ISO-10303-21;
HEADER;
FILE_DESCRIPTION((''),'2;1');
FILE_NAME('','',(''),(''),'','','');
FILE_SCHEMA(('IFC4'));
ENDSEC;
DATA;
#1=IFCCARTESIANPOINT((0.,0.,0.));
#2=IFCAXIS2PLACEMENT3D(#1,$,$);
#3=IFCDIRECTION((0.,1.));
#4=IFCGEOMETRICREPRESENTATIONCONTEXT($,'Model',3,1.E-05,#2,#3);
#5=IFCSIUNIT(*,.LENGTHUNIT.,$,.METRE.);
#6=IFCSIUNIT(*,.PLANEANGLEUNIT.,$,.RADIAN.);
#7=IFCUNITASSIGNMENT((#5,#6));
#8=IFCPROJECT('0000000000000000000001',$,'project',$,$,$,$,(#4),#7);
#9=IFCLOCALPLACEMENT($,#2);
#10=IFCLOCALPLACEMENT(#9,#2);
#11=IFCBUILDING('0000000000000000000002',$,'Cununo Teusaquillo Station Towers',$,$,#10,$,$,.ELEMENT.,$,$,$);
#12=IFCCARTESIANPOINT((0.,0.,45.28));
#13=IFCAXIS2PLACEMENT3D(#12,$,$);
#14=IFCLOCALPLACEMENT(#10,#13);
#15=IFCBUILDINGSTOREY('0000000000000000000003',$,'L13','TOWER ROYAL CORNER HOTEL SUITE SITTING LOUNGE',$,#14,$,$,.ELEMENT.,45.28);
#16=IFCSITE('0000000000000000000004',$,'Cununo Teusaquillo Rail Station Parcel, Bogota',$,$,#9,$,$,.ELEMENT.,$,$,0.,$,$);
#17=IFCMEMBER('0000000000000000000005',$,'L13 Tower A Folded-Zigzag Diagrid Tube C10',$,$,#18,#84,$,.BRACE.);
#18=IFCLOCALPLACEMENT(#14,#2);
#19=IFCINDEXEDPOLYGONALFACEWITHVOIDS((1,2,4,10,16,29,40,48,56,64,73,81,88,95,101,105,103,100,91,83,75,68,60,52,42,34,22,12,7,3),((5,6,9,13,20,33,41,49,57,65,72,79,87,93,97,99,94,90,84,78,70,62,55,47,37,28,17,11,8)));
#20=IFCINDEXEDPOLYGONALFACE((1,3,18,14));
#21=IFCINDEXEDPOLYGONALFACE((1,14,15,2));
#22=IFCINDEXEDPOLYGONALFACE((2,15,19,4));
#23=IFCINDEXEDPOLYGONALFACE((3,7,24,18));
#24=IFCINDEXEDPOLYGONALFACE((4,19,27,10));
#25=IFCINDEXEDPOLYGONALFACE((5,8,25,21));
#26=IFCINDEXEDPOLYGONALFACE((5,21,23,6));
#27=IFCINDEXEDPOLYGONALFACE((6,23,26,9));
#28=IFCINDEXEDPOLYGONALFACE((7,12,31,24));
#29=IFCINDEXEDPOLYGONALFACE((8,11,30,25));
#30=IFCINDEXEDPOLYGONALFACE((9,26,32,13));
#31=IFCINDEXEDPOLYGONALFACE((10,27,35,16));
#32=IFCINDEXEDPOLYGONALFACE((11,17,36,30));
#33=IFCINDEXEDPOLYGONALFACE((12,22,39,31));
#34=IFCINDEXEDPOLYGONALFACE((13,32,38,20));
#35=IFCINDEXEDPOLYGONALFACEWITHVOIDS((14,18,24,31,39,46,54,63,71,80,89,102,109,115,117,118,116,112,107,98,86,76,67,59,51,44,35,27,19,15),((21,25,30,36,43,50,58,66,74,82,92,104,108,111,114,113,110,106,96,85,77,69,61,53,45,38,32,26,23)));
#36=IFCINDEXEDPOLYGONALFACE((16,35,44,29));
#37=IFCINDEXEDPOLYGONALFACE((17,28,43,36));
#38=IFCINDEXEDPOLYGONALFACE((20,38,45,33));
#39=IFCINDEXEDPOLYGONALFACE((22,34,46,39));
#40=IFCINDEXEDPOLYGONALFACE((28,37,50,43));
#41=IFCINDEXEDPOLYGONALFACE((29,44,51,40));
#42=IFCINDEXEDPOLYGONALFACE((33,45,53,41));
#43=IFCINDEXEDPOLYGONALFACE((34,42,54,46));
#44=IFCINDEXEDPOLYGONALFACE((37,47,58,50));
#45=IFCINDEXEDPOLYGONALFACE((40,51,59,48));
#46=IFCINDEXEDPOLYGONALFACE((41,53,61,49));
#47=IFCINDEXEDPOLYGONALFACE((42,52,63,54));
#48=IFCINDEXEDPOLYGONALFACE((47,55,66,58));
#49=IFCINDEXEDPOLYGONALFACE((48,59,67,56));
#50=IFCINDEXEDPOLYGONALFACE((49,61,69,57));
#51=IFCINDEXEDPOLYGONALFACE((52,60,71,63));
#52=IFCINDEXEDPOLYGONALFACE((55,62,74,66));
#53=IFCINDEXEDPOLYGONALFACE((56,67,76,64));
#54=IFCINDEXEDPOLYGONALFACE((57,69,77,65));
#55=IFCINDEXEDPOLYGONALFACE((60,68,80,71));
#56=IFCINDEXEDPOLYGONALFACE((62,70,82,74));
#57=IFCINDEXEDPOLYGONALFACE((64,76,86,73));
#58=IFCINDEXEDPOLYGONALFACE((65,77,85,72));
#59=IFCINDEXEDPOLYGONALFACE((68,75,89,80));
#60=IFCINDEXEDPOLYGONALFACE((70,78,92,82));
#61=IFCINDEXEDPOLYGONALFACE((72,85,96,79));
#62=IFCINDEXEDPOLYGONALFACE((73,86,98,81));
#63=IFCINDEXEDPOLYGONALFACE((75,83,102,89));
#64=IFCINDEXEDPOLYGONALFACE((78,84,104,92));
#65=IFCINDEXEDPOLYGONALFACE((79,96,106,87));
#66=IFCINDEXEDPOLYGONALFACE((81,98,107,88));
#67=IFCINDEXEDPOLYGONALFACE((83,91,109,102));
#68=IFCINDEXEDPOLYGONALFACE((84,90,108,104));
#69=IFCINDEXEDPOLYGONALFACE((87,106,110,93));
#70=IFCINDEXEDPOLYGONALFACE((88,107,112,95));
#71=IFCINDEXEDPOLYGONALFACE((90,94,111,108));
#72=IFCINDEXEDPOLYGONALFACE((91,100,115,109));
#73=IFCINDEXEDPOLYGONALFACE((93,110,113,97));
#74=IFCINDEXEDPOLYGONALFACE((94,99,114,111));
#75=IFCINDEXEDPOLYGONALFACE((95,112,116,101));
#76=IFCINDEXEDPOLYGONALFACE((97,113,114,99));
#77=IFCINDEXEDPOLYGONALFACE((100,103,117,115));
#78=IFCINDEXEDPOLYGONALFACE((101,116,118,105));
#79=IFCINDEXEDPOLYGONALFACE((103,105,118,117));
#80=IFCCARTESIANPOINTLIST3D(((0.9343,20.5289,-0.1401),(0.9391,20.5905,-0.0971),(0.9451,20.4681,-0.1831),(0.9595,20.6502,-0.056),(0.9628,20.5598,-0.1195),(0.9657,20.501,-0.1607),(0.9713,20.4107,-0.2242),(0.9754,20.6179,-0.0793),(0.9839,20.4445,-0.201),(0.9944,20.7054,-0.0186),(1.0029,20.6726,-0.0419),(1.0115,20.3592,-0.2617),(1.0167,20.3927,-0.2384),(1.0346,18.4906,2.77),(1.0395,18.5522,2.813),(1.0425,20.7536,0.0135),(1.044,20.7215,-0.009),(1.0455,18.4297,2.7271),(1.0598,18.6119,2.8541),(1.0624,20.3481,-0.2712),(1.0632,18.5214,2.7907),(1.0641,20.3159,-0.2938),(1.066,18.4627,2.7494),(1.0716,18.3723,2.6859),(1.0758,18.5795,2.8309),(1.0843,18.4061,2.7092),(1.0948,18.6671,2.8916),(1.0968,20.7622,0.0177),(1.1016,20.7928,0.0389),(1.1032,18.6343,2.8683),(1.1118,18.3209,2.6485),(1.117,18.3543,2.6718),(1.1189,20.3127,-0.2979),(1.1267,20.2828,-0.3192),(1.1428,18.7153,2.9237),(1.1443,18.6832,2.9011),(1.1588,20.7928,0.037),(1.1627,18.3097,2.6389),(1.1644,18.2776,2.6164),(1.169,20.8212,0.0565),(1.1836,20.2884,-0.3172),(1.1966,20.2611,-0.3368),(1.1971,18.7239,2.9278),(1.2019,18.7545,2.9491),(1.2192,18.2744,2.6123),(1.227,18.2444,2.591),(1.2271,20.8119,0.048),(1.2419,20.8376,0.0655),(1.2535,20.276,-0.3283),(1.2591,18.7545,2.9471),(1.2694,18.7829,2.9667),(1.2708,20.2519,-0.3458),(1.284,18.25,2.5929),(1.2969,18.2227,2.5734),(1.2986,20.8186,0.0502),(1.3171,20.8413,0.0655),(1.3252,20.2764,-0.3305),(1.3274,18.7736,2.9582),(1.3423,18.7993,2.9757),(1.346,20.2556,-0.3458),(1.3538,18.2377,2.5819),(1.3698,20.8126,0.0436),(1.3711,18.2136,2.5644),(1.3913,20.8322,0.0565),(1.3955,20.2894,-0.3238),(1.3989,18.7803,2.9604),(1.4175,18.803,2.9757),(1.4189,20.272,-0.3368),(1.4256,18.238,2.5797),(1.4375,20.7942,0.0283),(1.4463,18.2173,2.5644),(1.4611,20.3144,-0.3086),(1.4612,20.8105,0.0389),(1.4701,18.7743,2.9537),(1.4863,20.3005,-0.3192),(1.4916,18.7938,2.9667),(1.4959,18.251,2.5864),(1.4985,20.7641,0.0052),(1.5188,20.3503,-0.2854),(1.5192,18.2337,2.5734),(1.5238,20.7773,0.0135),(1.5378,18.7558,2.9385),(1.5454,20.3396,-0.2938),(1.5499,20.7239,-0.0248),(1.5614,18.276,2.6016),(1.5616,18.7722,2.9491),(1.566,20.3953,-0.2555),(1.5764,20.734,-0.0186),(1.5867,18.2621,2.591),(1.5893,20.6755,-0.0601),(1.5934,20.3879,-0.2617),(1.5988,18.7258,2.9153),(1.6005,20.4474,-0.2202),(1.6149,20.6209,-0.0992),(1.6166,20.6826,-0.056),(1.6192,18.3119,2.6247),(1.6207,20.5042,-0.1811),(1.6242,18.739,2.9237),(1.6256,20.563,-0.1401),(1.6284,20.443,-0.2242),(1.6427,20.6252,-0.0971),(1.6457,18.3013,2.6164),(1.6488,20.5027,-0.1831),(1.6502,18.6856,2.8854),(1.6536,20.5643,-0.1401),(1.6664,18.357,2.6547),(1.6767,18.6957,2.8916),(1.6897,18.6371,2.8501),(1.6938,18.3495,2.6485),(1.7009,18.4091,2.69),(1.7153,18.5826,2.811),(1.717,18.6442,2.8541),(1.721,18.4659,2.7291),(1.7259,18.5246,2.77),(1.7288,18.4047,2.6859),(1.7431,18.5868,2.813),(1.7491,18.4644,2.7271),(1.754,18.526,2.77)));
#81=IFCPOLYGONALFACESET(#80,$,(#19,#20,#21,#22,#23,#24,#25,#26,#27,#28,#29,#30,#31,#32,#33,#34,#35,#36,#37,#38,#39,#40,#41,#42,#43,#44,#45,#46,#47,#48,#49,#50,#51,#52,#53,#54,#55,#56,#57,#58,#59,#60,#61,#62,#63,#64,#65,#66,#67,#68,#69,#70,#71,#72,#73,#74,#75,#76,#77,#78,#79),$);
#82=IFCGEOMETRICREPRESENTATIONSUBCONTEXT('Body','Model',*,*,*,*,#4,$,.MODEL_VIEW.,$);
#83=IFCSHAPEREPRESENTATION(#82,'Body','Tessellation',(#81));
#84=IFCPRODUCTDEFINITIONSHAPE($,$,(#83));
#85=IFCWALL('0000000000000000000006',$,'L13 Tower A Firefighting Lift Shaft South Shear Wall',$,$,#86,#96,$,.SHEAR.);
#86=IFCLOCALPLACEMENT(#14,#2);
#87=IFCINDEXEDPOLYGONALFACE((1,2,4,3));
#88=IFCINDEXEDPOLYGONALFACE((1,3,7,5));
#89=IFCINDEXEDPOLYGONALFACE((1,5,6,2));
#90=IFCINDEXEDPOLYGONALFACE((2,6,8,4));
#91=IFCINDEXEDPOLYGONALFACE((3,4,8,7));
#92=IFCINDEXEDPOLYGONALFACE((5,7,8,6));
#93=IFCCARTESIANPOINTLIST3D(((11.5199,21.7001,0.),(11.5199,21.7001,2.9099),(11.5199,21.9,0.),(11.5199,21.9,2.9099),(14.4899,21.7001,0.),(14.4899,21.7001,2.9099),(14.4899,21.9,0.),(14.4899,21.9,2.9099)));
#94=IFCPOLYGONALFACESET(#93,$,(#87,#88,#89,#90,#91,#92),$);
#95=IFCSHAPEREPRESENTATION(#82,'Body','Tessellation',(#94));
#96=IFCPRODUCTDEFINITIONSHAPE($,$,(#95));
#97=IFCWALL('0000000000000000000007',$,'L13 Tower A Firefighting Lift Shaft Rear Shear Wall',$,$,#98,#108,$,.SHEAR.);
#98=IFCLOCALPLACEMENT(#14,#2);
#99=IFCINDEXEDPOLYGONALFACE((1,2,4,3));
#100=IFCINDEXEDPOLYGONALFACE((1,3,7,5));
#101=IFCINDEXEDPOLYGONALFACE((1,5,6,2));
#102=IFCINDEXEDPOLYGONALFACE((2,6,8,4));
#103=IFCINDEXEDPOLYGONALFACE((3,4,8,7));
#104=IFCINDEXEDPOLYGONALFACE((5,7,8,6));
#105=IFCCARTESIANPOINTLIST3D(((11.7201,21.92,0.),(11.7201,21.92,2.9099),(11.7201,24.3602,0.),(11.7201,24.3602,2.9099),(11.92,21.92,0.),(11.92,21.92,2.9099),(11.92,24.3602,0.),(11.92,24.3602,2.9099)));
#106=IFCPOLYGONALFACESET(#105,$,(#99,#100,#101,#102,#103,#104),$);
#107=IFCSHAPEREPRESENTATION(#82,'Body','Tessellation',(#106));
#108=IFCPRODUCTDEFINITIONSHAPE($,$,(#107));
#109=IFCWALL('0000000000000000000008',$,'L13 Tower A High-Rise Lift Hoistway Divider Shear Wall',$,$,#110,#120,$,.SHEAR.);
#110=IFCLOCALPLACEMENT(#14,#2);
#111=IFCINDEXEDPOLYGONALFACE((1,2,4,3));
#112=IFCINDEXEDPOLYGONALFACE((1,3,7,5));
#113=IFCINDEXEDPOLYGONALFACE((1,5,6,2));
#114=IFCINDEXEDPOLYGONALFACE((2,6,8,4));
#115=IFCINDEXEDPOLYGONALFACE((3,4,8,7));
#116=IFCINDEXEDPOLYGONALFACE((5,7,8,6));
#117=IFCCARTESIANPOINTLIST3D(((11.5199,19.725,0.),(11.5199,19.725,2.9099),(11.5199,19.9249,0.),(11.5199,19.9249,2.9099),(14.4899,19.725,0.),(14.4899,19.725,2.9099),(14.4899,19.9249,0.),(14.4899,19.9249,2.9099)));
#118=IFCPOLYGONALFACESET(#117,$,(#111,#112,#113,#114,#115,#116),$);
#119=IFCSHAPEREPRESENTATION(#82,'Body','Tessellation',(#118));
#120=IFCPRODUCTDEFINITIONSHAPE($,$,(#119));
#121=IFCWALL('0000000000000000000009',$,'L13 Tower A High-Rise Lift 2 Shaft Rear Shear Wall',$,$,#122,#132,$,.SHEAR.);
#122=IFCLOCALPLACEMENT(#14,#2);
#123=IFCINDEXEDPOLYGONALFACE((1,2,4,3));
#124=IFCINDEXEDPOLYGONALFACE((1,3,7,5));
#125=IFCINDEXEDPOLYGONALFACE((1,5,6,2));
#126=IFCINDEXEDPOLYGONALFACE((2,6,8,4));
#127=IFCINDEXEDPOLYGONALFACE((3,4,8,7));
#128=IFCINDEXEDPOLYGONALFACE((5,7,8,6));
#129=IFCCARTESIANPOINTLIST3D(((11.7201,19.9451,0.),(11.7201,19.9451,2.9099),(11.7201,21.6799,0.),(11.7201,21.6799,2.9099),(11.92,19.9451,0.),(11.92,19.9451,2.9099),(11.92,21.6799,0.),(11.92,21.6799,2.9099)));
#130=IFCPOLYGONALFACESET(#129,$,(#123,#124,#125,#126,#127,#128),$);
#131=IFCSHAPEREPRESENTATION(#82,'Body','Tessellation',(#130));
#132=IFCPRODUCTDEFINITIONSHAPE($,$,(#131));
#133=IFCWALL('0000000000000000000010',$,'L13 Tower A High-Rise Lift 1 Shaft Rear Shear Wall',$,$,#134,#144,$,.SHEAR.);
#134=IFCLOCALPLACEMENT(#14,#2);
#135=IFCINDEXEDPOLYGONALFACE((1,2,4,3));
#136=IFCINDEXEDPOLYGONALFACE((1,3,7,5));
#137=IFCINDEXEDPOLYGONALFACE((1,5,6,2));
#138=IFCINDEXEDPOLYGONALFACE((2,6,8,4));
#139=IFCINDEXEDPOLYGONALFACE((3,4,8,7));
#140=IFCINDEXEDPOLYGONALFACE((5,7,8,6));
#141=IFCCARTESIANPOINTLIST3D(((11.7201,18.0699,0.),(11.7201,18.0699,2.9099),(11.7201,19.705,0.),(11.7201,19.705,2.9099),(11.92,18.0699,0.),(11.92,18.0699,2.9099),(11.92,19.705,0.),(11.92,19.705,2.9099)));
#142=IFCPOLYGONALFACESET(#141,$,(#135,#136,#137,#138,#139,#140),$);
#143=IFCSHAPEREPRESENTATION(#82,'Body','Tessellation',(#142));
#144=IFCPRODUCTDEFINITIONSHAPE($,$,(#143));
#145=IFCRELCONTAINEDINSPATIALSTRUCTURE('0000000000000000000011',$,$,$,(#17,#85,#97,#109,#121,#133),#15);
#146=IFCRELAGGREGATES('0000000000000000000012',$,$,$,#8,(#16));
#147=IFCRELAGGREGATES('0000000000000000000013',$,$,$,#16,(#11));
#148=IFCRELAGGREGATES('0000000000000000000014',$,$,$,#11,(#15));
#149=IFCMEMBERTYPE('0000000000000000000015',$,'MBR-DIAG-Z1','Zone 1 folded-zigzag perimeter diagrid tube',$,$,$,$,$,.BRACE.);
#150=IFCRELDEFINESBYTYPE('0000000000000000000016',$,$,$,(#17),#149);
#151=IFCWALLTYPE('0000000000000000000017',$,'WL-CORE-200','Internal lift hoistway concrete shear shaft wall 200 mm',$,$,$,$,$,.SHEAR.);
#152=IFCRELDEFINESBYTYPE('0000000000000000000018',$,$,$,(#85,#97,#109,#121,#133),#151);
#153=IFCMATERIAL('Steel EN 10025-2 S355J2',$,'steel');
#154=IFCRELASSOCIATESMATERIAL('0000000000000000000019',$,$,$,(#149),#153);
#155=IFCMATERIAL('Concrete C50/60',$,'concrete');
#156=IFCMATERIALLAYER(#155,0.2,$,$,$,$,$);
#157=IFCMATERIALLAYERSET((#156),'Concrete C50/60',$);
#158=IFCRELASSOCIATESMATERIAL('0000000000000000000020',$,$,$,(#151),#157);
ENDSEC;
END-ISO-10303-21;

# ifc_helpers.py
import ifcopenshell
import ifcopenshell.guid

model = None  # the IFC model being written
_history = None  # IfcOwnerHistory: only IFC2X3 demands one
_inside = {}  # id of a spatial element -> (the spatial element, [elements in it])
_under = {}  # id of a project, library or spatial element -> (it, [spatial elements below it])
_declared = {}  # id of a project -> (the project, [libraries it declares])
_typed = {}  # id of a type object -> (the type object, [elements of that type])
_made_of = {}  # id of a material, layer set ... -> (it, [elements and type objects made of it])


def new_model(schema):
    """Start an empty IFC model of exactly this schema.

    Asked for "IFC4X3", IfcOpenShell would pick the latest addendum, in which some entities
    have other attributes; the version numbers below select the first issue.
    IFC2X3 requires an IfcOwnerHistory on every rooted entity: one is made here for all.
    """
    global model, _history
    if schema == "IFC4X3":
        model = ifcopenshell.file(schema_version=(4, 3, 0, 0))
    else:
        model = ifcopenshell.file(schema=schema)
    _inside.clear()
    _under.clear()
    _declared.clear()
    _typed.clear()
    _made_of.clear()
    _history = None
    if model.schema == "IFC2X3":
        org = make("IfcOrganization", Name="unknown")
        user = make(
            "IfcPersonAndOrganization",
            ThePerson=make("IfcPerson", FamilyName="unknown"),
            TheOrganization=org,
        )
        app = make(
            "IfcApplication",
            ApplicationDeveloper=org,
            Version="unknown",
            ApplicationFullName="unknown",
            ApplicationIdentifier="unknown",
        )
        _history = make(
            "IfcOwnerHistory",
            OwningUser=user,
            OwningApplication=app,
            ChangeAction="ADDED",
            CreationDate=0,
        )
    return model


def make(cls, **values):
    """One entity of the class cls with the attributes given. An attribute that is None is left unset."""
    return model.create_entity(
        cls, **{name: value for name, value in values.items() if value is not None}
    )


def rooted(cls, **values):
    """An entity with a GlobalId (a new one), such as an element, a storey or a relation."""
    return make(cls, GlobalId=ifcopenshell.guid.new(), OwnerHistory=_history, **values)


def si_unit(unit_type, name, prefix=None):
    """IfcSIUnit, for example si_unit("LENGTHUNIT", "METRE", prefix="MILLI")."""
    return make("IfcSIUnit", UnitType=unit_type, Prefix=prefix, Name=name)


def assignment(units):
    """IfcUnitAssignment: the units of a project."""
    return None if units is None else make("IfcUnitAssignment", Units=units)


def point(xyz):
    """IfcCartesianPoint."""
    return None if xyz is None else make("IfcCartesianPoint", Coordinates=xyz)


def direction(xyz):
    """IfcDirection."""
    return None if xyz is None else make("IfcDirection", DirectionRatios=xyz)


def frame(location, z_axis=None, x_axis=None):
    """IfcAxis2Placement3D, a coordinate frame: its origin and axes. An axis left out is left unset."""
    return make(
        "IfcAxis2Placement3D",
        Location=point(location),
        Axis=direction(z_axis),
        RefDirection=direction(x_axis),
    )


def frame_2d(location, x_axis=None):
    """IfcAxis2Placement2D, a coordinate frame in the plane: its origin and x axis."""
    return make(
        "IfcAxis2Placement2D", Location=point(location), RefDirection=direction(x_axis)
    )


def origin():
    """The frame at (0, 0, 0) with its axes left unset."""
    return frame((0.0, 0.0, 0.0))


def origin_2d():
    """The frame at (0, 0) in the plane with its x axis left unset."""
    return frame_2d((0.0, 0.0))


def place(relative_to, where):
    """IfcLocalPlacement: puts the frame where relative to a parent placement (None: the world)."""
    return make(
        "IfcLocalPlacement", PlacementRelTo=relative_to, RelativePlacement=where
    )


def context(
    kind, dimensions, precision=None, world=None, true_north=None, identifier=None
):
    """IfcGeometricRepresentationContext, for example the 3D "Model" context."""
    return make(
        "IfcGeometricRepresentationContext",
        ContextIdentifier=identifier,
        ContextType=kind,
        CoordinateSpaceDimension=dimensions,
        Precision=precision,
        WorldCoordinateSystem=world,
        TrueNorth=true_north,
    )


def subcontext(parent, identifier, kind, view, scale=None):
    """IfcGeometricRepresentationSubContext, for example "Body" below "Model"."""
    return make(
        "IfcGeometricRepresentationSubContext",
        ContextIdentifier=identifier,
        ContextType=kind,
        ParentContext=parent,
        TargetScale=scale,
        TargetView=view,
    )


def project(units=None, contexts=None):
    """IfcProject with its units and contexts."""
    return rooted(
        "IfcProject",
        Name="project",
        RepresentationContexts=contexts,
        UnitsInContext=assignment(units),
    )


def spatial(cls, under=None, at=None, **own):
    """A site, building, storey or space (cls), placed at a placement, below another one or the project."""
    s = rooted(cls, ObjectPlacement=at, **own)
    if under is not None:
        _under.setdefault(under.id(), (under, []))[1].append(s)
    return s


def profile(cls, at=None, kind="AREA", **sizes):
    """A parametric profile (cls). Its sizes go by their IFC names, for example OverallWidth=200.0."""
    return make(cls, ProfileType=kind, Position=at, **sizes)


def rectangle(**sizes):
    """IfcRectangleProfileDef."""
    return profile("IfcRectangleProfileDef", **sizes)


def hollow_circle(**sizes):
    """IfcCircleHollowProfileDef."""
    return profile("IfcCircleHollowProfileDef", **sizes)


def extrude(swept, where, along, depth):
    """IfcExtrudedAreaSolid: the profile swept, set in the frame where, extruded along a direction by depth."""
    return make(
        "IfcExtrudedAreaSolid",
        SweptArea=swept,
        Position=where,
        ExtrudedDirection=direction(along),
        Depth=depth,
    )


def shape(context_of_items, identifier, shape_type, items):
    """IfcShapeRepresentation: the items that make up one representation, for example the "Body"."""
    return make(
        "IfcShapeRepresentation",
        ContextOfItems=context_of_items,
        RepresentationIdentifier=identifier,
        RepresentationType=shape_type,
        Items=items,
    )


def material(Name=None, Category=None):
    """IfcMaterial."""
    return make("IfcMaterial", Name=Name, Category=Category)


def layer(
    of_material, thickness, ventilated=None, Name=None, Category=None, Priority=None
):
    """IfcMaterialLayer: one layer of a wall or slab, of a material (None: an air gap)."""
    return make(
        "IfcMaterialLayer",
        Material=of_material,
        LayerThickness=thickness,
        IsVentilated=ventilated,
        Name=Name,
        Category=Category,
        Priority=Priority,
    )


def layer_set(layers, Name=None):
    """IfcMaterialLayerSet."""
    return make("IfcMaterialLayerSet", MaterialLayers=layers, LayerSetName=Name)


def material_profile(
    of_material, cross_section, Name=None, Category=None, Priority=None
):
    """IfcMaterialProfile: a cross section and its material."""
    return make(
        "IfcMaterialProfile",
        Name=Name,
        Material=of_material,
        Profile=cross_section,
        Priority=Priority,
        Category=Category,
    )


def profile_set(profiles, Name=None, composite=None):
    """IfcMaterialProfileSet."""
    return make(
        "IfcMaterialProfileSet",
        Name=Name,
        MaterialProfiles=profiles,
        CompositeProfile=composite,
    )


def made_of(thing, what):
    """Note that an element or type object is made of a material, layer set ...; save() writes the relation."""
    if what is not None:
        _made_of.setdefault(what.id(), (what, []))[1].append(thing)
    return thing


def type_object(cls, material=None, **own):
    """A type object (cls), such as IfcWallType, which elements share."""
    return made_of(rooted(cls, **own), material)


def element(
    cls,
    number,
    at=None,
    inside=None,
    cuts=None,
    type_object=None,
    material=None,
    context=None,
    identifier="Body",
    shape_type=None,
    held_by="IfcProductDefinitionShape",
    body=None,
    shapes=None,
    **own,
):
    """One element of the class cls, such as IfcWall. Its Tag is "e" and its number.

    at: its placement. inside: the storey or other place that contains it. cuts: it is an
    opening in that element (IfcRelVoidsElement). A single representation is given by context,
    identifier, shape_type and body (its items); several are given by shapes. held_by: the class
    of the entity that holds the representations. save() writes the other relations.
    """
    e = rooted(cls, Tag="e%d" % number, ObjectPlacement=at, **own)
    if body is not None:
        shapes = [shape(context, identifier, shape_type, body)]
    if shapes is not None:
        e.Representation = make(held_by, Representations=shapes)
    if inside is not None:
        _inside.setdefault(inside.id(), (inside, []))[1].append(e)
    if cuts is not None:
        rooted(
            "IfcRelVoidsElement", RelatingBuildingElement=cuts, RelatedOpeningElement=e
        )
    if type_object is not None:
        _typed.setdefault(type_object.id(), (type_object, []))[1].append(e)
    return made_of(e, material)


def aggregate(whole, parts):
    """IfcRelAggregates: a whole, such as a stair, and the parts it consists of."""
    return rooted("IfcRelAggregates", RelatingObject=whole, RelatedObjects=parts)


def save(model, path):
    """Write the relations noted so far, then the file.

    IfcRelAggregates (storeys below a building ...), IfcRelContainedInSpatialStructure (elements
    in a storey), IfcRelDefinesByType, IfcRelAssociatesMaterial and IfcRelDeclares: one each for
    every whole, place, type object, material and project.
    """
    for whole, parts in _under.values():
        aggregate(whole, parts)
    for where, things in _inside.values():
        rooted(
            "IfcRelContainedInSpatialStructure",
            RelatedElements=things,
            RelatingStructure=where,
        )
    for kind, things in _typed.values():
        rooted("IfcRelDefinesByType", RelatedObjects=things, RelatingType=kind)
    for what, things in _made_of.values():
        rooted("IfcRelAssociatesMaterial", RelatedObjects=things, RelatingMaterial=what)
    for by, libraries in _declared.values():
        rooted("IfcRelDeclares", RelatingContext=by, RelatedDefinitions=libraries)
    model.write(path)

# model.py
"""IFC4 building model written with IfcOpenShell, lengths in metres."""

from ifc_helpers import new_model, si_unit, direction, frame, frame_2d, origin, origin_2d, place, context, subcontext, project, spatial, rectangle, hollow_circle, extrude, material, layer, layer_set, material_profile, profile_set, type_object, element, save


model = new_model("IFC4")

# Units and contexts
model_context = context("Model", 3, precision=1e-05, world=origin(), true_north=direction((0.0, 1.0)))
body_context = subcontext(model_context, "Body", "Model", "MODEL_VIEW")
ifc_project = project(units=[si_unit("LENGTHUNIT", "METRE"), si_unit("PLANEANGLEUNIT", "RADIAN")], contexts=[model_context])

# Site, building, storey
site_placement = place(None, origin())
site = spatial("IfcSite", under=ifc_project, at=site_placement, Name="Cununo Teusaquillo Rail Station Parcel, Bogota", CompositionType="ELEMENT", RefElevation=0.0)
building_placement = place(site_placement, origin())
building = spatial("IfcBuilding", under=site, at=building_placement, Name="Cununo Teusaquillo Station Towers", CompositionType="ELEMENT")
storey_placement = place(building_placement, frame((0.0, 0.0, 45.28)))
storey = spatial("IfcBuildingStorey", under=building, at=storey_placement, Name="L13", Description="TOWER ROYAL CORNER HOTEL SUITE SITTING LOUNGE", CompositionType="ELEMENT", Elevation=45.28)

# Member
ifc_material_1 = material(Name="Steel EN 10025-2 S355J2", Category="steel")
ifc_material_profile_1 = material_profile(ifc_material_1, hollow_circle(Radius=0.3601, WallThickness=0.0281, at=origin_2d()), Name="CHS 720x28")
ifc_profile_set_1 = profile_set([ifc_material_profile_1], Name="Steel EN 10025-2 S355J2")
member_type = type_object("IfcMemberType", Name="MBR-DIAG-Z1", Description="Zone 1 folded-zigzag perimeter diagrid tube", PredefinedType="BRACE", material=ifc_profile_set_1)
member_placement = place(storey_placement, frame((1.2939, 20.5466, -0.1401), z_axis=(0.02823, -0.573464, 0.818744), x_axis=(0.998791, 0.049168, 0.0)))
element("IfcMember", 1, at=member_placement, inside=storey, type_object=member_type, Name="L13 Tower A Folded-Zigzag Diagrid Tube C10", PredefinedType="BRACE", context=body_context, shape_type="SweptSolid", body=[
    extrude(hollow_circle(Radius=0.3601, WallThickness=0.0281, at=origin_2d()), origin(), (0.0, 0.0, 1.0), 3.5544),
])

# Walls
ifc_material_2 = material(Name="Concrete C50/60", Category="concrete")
ifc_layer_1 = layer(ifc_material_2, 0.2)
ifc_layer_set_1 = layer_set([ifc_layer_1], Name="Concrete C50/60")
wall_type_1 = type_object("IfcWallType", Name="WL-CORE-200", Description="Internal lift hoistway concrete shear shaft wall 200 mm", PredefinedType="SHEAR", material=ifc_layer_set_1)
wall_1_placement = place(storey_placement, frame((11.52, 21.8, 0.0), z_axis=(0.0, 0.0, 1.0), x_axis=(1.0, 0.0, 0.0)))
element("IfcWall", 2, at=wall_1_placement, inside=storey, type_object=wall_type_1, Name="L13 Tower A Firefighting Lift Shaft South Shear Wall", PredefinedType="SHEAR", context=body_context, shape_type="SweptSolid", body=[
    extrude(rectangle(XDim=2.97, YDim=0.2, at=frame_2d((1.4849, 0.0))), origin(), (0.0, 0.0, 1.0), 2.9099),
])
wall_2_placement = place(storey_placement, frame((11.8201, 21.9199, 0.0), z_axis=(0.0, 0.0, 1.0), x_axis=(0.0, 1.0, 0.0)))
element("IfcWall", 3, at=wall_2_placement, inside=storey, type_object=wall_type_1, Name="L13 Tower A Firefighting Lift Shaft Rear Shear Wall", PredefinedType="SHEAR", context=body_context, shape_type="SweptSolid", body=[
    extrude(rectangle(XDim=2.4402, YDim=0.2, at=frame_2d((1.2202, 0.0))), origin(), (0.0, 0.0, 1.0), 2.9099),
])
wall_3_placement = place(storey_placement, frame((11.52, 19.825, 0.0), z_axis=(0.0, 0.0, 1.0), x_axis=(1.0, 0.0, 0.0)))
element("IfcWall", 4, at=wall_3_placement, inside=storey, type_object=wall_type_1, Name="L13 Tower A High-Rise Lift Hoistway Divider Shear Wall", PredefinedType="SHEAR", context=body_context, shape_type="SweptSolid", body=[
    extrude(rectangle(XDim=2.97, YDim=0.2, at=frame_2d((1.4849, 0.0))), origin(), (0.0, 0.0, 1.0), 2.9099),
])
wall_4_placement = place(storey_placement, frame((11.8201, 19.9451, 0.0), z_axis=(0.0, 0.0, 1.0), x_axis=(0.0, 1.0, 0.0)))
element("IfcWall", 5, at=wall_4_placement, inside=storey, type_object=wall_type_1, Name="L13 Tower A High-Rise Lift 2 Shaft Rear Shear Wall", PredefinedType="SHEAR", context=body_context, shape_type="SweptSolid", body=[
    extrude(rectangle(XDim=1.7349, YDim=0.2, at=frame_2d((0.8674, 0.0))), origin(), (0.0, 0.0, 1.0), 2.9099),
])
wall_5_placement = place(storey_placement, frame((11.8201, 18.0701, 0.0), z_axis=(0.0, 0.0, 1.0), x_axis=(0.0, 1.0, 0.0)))
element("IfcWall", 6, at=wall_5_placement, inside=storey, type_object=wall_type_1, Name="L13 Tower A High-Rise Lift 1 Shaft Rear Shear Wall", PredefinedType="SHEAR", context=body_context, shape_type="SweptSolid", body=[
    extrude(rectangle(XDim=1.635, YDim=0.2, at=frame_2d((0.8174, 0.0))), origin(), (0.0, 0.0, 1.0), 2.9099),
])

save(model, "model.ifc")
